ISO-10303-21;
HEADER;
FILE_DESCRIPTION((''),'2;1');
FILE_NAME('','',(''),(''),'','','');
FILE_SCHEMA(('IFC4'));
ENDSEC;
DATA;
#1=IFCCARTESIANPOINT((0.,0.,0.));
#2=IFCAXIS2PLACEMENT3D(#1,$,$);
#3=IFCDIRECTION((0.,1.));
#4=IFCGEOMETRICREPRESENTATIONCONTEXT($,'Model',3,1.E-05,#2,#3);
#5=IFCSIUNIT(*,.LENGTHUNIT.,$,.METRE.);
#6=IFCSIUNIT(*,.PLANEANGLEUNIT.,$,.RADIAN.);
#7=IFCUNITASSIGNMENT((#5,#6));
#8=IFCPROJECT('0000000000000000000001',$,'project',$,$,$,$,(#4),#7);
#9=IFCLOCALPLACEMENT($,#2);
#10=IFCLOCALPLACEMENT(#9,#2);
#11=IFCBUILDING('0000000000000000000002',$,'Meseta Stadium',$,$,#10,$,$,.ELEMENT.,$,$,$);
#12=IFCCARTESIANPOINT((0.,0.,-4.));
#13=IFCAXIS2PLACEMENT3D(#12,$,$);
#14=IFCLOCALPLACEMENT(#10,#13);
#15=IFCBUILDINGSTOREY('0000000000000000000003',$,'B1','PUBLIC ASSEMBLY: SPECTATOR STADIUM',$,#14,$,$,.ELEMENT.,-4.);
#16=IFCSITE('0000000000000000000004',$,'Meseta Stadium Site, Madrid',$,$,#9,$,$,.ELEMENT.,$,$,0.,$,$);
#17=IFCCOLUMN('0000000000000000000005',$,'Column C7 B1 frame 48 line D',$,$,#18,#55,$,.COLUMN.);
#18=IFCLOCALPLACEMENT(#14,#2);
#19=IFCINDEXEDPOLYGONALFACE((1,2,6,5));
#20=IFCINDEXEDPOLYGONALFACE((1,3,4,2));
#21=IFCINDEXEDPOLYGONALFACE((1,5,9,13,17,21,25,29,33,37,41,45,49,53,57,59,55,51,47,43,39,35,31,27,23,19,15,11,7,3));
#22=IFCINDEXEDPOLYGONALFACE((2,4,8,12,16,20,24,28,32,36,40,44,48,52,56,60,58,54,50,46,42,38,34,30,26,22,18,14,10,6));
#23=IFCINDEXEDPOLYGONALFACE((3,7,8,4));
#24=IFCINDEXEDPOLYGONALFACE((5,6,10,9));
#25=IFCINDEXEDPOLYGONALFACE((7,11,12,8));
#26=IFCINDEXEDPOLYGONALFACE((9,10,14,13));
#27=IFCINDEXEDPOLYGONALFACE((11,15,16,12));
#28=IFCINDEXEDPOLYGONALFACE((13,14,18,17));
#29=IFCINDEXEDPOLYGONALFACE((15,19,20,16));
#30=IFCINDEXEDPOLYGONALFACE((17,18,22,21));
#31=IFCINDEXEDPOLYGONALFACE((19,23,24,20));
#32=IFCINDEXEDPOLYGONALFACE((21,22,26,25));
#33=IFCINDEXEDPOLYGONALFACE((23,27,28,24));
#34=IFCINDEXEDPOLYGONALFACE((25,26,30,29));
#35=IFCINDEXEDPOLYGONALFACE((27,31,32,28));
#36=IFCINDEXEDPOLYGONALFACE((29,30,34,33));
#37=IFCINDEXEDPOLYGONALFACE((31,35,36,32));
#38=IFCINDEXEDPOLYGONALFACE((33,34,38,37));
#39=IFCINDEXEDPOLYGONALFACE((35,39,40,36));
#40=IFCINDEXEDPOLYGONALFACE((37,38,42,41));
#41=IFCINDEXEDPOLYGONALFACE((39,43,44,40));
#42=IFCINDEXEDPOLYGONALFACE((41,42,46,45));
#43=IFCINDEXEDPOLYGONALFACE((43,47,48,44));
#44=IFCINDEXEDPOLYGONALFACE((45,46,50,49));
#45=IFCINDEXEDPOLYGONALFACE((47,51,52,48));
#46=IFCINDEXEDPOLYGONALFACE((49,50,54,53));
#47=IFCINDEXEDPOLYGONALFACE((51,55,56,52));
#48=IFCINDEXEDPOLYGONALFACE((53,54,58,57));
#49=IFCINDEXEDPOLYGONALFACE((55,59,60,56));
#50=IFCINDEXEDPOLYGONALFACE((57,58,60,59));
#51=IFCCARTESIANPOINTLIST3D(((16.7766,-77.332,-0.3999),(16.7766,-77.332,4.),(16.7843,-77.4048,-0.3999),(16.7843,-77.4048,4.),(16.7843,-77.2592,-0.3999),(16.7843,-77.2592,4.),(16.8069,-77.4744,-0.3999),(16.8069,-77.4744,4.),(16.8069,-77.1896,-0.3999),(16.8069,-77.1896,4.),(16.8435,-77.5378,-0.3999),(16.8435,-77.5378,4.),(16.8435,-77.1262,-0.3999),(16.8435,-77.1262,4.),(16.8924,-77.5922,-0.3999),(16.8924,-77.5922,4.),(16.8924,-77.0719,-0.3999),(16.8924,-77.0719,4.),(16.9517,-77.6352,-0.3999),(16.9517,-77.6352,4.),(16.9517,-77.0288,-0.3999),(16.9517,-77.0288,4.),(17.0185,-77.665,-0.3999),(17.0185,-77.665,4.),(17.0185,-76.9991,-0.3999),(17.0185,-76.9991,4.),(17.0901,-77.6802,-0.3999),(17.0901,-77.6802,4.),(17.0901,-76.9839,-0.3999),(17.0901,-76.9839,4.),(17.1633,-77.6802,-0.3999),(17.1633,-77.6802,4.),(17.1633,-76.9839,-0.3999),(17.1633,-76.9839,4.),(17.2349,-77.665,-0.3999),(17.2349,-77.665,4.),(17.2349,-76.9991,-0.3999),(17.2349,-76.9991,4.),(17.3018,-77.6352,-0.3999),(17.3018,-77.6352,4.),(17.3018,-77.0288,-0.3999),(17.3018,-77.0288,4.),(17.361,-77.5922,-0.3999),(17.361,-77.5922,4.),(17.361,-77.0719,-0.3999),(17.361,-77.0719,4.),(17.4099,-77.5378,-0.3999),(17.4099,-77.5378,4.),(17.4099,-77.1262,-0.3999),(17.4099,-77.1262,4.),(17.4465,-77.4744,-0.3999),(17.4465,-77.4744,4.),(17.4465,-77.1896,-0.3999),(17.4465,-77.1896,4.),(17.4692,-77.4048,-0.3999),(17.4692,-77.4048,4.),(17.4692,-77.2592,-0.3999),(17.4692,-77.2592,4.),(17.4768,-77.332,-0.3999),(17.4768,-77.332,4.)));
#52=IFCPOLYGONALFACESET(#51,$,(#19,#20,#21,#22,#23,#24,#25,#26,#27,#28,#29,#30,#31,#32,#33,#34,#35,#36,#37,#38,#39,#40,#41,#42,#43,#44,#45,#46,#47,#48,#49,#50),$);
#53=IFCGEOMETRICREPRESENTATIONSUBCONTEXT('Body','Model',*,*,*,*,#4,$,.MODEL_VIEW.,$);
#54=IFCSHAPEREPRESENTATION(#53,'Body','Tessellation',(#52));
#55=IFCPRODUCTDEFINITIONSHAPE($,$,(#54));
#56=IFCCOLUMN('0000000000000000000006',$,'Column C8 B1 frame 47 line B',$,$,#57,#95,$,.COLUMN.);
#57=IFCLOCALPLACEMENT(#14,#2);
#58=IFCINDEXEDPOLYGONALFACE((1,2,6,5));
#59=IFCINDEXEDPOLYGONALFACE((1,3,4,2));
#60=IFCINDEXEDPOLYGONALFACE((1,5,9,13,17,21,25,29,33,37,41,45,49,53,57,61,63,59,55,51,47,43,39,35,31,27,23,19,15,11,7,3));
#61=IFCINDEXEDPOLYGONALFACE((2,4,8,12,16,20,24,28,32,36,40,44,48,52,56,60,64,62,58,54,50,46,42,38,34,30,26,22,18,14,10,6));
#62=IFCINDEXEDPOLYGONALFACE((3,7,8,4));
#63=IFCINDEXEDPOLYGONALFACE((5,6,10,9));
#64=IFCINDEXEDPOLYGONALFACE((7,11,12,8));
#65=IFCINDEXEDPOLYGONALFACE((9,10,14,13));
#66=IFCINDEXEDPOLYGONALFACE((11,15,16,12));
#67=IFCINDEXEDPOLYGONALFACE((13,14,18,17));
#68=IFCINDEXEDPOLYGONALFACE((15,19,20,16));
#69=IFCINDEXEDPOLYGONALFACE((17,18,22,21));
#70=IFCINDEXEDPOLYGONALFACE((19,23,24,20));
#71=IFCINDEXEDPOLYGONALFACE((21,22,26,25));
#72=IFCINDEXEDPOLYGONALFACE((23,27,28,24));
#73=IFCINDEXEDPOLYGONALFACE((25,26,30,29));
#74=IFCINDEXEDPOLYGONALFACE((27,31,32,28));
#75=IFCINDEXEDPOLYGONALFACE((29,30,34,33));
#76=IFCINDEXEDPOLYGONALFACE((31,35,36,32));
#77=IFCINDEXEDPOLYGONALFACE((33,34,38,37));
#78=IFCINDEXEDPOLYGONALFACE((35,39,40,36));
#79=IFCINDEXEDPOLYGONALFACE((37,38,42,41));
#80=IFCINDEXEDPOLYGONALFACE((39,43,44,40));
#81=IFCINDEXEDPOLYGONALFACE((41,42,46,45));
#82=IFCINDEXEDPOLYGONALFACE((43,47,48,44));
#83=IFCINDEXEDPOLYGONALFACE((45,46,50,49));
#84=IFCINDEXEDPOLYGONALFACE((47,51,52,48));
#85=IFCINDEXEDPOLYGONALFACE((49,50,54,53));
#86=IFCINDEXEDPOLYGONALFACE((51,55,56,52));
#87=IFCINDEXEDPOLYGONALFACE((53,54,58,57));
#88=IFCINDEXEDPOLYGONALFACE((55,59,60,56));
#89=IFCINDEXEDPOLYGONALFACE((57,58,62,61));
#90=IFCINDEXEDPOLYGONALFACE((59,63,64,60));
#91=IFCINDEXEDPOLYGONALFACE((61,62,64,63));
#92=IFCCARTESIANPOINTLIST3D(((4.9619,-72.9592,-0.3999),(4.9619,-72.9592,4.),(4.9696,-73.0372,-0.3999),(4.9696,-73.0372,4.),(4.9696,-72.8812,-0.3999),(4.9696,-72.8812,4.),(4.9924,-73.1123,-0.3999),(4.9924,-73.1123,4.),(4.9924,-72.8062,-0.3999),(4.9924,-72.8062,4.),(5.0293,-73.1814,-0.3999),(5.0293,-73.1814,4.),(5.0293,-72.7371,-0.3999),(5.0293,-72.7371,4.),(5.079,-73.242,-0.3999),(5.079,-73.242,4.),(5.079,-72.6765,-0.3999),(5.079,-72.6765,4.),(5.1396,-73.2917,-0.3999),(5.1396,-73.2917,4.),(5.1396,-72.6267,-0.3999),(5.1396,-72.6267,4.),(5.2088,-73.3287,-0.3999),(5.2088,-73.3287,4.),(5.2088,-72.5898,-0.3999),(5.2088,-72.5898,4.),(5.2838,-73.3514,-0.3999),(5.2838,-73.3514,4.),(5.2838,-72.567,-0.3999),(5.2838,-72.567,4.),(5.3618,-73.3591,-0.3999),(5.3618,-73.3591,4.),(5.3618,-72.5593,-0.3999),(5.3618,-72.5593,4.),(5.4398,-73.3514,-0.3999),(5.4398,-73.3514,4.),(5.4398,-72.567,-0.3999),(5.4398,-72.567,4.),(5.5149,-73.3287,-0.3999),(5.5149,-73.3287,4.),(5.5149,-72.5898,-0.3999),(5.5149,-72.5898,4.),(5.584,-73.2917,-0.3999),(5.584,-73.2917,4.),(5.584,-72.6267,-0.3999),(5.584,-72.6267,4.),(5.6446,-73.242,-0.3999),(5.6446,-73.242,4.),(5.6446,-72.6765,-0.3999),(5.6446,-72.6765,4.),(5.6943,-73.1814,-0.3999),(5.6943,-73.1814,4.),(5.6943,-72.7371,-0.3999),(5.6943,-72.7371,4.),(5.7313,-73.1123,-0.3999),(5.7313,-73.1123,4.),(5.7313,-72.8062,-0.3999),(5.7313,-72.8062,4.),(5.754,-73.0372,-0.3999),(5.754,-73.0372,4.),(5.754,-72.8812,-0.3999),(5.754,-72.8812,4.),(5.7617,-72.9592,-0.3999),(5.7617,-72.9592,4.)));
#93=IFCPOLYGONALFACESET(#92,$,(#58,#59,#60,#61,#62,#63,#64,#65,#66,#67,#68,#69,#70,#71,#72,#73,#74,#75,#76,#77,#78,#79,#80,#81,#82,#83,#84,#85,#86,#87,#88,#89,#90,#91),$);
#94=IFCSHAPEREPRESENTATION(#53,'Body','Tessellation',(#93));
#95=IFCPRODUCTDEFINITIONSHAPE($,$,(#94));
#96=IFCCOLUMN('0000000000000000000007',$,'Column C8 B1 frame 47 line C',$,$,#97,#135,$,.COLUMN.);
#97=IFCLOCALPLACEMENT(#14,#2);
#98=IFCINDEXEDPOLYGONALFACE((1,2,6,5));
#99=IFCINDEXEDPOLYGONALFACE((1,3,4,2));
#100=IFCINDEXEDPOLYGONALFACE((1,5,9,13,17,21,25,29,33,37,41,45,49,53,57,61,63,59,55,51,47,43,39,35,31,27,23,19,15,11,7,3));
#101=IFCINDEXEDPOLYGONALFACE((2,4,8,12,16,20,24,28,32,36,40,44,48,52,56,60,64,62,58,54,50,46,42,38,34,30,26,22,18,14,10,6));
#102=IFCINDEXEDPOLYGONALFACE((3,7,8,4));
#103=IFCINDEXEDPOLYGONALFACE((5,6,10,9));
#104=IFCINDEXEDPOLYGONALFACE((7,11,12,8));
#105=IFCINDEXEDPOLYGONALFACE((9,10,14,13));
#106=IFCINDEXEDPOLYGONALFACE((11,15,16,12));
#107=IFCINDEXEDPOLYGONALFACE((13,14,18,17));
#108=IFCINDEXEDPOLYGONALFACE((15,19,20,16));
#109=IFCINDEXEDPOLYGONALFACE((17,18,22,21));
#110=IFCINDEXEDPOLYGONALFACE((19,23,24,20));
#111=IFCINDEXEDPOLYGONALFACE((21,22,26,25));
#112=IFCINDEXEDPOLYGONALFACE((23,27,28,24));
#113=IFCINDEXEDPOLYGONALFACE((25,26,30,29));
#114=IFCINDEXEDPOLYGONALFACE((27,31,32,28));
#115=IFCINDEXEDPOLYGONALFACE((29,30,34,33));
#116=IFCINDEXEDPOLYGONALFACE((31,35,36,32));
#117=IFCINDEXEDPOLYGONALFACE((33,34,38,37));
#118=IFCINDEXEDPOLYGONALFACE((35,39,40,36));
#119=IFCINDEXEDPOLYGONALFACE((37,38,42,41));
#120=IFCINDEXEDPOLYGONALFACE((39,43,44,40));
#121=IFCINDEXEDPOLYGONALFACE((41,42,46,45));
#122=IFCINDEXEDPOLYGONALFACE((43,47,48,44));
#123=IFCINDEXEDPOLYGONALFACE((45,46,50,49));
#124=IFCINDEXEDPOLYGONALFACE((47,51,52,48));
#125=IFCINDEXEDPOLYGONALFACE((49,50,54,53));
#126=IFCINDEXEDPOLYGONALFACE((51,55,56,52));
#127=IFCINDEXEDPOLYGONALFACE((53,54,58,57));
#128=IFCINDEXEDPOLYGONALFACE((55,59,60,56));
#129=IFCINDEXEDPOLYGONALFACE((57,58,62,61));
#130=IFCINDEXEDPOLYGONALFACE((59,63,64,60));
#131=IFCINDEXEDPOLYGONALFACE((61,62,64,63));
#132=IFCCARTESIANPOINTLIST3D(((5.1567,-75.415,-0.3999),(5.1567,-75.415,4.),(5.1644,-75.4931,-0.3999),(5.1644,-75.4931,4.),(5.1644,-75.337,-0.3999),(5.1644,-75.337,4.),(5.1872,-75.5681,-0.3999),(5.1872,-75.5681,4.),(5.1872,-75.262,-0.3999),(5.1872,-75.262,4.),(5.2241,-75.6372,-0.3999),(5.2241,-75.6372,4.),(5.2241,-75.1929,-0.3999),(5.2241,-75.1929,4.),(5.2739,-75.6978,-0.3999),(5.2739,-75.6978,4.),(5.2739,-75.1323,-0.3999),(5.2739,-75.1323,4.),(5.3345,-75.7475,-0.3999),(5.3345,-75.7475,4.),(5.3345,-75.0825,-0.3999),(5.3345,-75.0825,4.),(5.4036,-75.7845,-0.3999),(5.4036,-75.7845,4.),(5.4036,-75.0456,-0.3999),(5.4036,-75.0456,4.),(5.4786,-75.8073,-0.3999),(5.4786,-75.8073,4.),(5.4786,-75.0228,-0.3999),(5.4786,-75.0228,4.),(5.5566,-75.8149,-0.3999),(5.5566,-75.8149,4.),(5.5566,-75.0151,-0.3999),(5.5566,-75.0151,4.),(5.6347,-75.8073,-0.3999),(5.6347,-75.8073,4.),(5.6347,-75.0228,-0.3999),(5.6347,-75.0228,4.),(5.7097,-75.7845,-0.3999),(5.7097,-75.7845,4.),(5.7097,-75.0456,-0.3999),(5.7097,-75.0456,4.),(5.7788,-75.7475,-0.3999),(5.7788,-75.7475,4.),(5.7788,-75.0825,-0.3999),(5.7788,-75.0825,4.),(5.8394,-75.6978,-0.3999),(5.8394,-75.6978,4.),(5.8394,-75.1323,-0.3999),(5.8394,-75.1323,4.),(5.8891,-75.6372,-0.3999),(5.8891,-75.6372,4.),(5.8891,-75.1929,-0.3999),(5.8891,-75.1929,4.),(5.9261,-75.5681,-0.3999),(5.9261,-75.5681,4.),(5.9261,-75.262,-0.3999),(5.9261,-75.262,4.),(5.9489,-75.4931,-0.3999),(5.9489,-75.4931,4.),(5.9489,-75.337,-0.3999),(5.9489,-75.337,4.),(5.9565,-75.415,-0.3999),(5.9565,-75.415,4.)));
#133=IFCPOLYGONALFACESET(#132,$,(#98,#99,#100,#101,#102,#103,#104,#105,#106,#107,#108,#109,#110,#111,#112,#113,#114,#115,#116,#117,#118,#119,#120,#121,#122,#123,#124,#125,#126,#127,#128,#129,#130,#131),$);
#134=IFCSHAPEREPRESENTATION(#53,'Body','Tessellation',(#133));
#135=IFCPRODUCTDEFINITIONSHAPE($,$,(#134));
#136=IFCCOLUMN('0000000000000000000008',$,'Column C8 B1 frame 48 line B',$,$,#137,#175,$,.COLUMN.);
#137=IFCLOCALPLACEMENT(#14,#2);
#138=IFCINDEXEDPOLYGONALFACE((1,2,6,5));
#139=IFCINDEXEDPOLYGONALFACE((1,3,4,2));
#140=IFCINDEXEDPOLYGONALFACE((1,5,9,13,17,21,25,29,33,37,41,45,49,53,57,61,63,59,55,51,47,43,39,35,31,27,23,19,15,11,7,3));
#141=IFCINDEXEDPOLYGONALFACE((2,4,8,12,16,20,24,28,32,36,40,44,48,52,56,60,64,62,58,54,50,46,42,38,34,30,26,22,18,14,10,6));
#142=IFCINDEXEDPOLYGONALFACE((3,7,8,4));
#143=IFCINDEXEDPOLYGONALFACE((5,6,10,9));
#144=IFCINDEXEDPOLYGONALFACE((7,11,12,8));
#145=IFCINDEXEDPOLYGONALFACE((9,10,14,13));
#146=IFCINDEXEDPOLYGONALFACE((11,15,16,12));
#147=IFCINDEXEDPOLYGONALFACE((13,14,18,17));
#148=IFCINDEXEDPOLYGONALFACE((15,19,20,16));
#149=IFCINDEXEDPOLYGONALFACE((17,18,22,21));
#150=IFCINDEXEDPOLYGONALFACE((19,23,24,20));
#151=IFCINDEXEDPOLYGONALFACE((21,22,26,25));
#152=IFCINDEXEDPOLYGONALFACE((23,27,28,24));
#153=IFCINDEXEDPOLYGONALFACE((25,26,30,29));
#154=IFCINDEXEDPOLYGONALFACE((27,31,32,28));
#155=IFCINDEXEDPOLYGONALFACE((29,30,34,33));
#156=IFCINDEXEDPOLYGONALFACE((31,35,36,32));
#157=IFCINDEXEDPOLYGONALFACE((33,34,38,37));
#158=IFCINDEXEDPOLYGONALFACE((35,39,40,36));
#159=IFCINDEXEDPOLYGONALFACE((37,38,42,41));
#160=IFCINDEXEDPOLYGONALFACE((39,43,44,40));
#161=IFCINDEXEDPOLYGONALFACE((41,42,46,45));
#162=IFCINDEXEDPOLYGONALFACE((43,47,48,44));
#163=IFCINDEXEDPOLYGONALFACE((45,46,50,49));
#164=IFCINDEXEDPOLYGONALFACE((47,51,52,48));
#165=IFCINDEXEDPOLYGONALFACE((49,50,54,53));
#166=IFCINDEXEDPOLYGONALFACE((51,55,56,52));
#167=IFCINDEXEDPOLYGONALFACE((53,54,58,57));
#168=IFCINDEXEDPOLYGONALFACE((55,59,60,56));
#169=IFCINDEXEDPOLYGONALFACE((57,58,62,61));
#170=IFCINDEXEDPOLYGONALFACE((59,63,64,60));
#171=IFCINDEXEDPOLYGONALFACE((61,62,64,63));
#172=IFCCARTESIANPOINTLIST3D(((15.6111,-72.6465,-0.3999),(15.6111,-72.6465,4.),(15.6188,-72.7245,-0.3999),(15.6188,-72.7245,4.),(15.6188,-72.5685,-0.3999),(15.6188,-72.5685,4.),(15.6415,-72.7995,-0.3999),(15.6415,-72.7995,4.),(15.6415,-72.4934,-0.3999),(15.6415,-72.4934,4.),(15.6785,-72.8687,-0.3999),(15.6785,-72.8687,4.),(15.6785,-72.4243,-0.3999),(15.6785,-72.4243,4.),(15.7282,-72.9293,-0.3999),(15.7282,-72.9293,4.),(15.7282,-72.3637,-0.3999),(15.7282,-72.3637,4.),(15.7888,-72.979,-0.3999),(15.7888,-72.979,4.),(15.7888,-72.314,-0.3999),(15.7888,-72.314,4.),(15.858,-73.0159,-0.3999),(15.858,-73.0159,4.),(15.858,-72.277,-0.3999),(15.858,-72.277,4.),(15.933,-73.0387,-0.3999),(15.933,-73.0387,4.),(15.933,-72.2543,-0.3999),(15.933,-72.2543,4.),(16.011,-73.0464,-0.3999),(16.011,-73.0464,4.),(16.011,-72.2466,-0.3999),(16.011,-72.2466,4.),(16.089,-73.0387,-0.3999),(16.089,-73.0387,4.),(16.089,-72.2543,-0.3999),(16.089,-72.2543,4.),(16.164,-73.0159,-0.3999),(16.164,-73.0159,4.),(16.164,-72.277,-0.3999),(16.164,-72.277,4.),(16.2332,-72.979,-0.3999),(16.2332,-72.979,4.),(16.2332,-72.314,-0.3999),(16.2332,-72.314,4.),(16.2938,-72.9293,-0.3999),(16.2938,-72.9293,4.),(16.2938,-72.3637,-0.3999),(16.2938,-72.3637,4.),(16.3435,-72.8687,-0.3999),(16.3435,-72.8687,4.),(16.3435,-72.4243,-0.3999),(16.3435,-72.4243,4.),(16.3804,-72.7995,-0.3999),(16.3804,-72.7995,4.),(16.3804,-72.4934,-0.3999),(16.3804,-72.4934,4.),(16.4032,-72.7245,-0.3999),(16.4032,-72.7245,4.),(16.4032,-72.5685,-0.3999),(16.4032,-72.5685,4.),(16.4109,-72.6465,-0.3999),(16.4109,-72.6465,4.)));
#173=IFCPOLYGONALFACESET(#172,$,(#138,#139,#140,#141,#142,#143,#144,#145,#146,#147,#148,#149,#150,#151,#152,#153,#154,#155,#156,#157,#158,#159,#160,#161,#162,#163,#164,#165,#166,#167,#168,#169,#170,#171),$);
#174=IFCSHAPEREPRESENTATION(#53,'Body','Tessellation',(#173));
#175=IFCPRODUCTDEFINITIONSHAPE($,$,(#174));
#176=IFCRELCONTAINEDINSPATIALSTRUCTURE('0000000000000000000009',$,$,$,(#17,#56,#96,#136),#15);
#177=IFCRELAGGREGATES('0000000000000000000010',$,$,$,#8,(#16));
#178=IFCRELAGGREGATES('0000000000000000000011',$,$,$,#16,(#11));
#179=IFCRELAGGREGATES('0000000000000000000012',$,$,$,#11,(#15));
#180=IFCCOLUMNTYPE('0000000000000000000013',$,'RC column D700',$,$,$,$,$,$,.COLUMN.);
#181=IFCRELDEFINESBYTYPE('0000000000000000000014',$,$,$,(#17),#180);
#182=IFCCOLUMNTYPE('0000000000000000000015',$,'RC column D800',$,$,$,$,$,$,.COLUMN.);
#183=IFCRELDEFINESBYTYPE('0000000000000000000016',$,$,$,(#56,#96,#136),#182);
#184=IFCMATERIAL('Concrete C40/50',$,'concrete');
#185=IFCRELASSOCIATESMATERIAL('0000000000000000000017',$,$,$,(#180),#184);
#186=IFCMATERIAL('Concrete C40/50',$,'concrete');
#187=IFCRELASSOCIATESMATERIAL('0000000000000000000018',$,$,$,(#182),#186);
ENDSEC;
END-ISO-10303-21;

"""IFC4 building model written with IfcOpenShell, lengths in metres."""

from ifc_helpers import new_model, si_unit, direction, frame, origin, origin_2d, place, context, subcontext, project, spatial, circle, extrude, material, material_profile, profile_set, type_object, element, save


model = new_model("IFC4")

# Units and contexts
model_context = context("Model", 3, precision=1e-05, world=origin(), true_north=direction((0.0, 1.0)))
body_context = subcontext(model_context, "Body", "Model", "MODEL_VIEW")
ifc_project = project(units=[si_unit("LENGTHUNIT", "METRE"), si_unit("PLANEANGLEUNIT", "RADIAN")], contexts=[model_context])

# Site, building, storey
site_placement = place(None, origin())
site = spatial("IfcSite", under=ifc_project, at=site_placement, Name="Meseta Stadium Site, Madrid", CompositionType="ELEMENT", RefElevation=0.0)
building_placement = place(site_placement, origin())
building = spatial("IfcBuilding", under=site, at=building_placement, Name="Meseta Stadium", CompositionType="ELEMENT")
storey_placement = place(building_placement, frame((0.0, 0.0, -4.0)))
storey = spatial("IfcBuildingStorey", under=building, at=storey_placement, Name="B1", Description="PUBLIC ASSEMBLY: SPECTATOR STADIUM", CompositionType="ELEMENT", Elevation=-4.0)

# Columns
ifc_material_1 = material(Name="Concrete C40/50", Category="concrete")
ifc_material_profile_1 = material_profile(ifc_material_1, circle(Radius=0.3501, at=origin_2d()), Name="RC D700")
ifc_profile_set_1 = profile_set([ifc_material_profile_1], Name="Concrete C40/50")
column_type_1 = type_object("IfcColumnType", Name="RC column D700", PredefinedType="COLUMN", material=ifc_profile_set_1)
column_1_placement = place(storey_placement, frame((17.1267, -77.332, -0.3999), z_axis=(0.0, 0.0, 1.0), x_axis=(1.0, 0.0, 0.0)))
element("IfcColumn", 1, at=column_1_placement, inside=storey, type_object=column_type_1, Name="Column C7 B1 frame 48 line D", PredefinedType="COLUMN", context=body_context, shape_type="SweptSolid", body=[
    extrude(circle(Radius=0.3501, at=origin_2d()), origin(), (0.0, 0.0, 1.0), 4.3999),
])
ifc_material_2 = material(Name="Concrete C40/50", Category="concrete")
ifc_material_profile_2 = material_profile(ifc_material_2, circle(Radius=0.3999, at=origin_2d()), Name="RC D800")
ifc_profile_set_2 = profile_set([ifc_material_profile_2], Name="Concrete C40/50")
column_type_2 = type_object("IfcColumnType", Name="RC column D800", PredefinedType="COLUMN", material=ifc_profile_set_2)
for number, where, z_axis, x_axis, name in (
    (2, (5.3618, -72.9592, -0.3999), (0.0, 0.0, 1.0), (1.0, 0.0, 0.0), "Column C8 B1 frame 47 line B"),
    (3, (5.5566, -75.415, -0.3999), (0.0, 0.0, 1.0), (1.0, 0.0, 0.0), "Column C8 B1 frame 47 line C"),
    (4, (16.011, -72.6465, -0.3999), (0.0, 0.0, 1.0), (1.0, 0.0, 0.0), "Column C8 B1 frame 48 line B"),
):
    element("IfcColumn", number, at=place(storey_placement, frame(where, z_axis=z_axis, x_axis=x_axis)), inside=storey, type_object=column_type_2, Name=name, PredefinedType="COLUMN", context=body_context, shape_type="SweptSolid", body=[
        extrude(circle(Radius=0.3999, at=origin_2d()), origin(), (0.0, 0.0, 1.0), 4.3999),
    ])

save(model, "model.ifc")
